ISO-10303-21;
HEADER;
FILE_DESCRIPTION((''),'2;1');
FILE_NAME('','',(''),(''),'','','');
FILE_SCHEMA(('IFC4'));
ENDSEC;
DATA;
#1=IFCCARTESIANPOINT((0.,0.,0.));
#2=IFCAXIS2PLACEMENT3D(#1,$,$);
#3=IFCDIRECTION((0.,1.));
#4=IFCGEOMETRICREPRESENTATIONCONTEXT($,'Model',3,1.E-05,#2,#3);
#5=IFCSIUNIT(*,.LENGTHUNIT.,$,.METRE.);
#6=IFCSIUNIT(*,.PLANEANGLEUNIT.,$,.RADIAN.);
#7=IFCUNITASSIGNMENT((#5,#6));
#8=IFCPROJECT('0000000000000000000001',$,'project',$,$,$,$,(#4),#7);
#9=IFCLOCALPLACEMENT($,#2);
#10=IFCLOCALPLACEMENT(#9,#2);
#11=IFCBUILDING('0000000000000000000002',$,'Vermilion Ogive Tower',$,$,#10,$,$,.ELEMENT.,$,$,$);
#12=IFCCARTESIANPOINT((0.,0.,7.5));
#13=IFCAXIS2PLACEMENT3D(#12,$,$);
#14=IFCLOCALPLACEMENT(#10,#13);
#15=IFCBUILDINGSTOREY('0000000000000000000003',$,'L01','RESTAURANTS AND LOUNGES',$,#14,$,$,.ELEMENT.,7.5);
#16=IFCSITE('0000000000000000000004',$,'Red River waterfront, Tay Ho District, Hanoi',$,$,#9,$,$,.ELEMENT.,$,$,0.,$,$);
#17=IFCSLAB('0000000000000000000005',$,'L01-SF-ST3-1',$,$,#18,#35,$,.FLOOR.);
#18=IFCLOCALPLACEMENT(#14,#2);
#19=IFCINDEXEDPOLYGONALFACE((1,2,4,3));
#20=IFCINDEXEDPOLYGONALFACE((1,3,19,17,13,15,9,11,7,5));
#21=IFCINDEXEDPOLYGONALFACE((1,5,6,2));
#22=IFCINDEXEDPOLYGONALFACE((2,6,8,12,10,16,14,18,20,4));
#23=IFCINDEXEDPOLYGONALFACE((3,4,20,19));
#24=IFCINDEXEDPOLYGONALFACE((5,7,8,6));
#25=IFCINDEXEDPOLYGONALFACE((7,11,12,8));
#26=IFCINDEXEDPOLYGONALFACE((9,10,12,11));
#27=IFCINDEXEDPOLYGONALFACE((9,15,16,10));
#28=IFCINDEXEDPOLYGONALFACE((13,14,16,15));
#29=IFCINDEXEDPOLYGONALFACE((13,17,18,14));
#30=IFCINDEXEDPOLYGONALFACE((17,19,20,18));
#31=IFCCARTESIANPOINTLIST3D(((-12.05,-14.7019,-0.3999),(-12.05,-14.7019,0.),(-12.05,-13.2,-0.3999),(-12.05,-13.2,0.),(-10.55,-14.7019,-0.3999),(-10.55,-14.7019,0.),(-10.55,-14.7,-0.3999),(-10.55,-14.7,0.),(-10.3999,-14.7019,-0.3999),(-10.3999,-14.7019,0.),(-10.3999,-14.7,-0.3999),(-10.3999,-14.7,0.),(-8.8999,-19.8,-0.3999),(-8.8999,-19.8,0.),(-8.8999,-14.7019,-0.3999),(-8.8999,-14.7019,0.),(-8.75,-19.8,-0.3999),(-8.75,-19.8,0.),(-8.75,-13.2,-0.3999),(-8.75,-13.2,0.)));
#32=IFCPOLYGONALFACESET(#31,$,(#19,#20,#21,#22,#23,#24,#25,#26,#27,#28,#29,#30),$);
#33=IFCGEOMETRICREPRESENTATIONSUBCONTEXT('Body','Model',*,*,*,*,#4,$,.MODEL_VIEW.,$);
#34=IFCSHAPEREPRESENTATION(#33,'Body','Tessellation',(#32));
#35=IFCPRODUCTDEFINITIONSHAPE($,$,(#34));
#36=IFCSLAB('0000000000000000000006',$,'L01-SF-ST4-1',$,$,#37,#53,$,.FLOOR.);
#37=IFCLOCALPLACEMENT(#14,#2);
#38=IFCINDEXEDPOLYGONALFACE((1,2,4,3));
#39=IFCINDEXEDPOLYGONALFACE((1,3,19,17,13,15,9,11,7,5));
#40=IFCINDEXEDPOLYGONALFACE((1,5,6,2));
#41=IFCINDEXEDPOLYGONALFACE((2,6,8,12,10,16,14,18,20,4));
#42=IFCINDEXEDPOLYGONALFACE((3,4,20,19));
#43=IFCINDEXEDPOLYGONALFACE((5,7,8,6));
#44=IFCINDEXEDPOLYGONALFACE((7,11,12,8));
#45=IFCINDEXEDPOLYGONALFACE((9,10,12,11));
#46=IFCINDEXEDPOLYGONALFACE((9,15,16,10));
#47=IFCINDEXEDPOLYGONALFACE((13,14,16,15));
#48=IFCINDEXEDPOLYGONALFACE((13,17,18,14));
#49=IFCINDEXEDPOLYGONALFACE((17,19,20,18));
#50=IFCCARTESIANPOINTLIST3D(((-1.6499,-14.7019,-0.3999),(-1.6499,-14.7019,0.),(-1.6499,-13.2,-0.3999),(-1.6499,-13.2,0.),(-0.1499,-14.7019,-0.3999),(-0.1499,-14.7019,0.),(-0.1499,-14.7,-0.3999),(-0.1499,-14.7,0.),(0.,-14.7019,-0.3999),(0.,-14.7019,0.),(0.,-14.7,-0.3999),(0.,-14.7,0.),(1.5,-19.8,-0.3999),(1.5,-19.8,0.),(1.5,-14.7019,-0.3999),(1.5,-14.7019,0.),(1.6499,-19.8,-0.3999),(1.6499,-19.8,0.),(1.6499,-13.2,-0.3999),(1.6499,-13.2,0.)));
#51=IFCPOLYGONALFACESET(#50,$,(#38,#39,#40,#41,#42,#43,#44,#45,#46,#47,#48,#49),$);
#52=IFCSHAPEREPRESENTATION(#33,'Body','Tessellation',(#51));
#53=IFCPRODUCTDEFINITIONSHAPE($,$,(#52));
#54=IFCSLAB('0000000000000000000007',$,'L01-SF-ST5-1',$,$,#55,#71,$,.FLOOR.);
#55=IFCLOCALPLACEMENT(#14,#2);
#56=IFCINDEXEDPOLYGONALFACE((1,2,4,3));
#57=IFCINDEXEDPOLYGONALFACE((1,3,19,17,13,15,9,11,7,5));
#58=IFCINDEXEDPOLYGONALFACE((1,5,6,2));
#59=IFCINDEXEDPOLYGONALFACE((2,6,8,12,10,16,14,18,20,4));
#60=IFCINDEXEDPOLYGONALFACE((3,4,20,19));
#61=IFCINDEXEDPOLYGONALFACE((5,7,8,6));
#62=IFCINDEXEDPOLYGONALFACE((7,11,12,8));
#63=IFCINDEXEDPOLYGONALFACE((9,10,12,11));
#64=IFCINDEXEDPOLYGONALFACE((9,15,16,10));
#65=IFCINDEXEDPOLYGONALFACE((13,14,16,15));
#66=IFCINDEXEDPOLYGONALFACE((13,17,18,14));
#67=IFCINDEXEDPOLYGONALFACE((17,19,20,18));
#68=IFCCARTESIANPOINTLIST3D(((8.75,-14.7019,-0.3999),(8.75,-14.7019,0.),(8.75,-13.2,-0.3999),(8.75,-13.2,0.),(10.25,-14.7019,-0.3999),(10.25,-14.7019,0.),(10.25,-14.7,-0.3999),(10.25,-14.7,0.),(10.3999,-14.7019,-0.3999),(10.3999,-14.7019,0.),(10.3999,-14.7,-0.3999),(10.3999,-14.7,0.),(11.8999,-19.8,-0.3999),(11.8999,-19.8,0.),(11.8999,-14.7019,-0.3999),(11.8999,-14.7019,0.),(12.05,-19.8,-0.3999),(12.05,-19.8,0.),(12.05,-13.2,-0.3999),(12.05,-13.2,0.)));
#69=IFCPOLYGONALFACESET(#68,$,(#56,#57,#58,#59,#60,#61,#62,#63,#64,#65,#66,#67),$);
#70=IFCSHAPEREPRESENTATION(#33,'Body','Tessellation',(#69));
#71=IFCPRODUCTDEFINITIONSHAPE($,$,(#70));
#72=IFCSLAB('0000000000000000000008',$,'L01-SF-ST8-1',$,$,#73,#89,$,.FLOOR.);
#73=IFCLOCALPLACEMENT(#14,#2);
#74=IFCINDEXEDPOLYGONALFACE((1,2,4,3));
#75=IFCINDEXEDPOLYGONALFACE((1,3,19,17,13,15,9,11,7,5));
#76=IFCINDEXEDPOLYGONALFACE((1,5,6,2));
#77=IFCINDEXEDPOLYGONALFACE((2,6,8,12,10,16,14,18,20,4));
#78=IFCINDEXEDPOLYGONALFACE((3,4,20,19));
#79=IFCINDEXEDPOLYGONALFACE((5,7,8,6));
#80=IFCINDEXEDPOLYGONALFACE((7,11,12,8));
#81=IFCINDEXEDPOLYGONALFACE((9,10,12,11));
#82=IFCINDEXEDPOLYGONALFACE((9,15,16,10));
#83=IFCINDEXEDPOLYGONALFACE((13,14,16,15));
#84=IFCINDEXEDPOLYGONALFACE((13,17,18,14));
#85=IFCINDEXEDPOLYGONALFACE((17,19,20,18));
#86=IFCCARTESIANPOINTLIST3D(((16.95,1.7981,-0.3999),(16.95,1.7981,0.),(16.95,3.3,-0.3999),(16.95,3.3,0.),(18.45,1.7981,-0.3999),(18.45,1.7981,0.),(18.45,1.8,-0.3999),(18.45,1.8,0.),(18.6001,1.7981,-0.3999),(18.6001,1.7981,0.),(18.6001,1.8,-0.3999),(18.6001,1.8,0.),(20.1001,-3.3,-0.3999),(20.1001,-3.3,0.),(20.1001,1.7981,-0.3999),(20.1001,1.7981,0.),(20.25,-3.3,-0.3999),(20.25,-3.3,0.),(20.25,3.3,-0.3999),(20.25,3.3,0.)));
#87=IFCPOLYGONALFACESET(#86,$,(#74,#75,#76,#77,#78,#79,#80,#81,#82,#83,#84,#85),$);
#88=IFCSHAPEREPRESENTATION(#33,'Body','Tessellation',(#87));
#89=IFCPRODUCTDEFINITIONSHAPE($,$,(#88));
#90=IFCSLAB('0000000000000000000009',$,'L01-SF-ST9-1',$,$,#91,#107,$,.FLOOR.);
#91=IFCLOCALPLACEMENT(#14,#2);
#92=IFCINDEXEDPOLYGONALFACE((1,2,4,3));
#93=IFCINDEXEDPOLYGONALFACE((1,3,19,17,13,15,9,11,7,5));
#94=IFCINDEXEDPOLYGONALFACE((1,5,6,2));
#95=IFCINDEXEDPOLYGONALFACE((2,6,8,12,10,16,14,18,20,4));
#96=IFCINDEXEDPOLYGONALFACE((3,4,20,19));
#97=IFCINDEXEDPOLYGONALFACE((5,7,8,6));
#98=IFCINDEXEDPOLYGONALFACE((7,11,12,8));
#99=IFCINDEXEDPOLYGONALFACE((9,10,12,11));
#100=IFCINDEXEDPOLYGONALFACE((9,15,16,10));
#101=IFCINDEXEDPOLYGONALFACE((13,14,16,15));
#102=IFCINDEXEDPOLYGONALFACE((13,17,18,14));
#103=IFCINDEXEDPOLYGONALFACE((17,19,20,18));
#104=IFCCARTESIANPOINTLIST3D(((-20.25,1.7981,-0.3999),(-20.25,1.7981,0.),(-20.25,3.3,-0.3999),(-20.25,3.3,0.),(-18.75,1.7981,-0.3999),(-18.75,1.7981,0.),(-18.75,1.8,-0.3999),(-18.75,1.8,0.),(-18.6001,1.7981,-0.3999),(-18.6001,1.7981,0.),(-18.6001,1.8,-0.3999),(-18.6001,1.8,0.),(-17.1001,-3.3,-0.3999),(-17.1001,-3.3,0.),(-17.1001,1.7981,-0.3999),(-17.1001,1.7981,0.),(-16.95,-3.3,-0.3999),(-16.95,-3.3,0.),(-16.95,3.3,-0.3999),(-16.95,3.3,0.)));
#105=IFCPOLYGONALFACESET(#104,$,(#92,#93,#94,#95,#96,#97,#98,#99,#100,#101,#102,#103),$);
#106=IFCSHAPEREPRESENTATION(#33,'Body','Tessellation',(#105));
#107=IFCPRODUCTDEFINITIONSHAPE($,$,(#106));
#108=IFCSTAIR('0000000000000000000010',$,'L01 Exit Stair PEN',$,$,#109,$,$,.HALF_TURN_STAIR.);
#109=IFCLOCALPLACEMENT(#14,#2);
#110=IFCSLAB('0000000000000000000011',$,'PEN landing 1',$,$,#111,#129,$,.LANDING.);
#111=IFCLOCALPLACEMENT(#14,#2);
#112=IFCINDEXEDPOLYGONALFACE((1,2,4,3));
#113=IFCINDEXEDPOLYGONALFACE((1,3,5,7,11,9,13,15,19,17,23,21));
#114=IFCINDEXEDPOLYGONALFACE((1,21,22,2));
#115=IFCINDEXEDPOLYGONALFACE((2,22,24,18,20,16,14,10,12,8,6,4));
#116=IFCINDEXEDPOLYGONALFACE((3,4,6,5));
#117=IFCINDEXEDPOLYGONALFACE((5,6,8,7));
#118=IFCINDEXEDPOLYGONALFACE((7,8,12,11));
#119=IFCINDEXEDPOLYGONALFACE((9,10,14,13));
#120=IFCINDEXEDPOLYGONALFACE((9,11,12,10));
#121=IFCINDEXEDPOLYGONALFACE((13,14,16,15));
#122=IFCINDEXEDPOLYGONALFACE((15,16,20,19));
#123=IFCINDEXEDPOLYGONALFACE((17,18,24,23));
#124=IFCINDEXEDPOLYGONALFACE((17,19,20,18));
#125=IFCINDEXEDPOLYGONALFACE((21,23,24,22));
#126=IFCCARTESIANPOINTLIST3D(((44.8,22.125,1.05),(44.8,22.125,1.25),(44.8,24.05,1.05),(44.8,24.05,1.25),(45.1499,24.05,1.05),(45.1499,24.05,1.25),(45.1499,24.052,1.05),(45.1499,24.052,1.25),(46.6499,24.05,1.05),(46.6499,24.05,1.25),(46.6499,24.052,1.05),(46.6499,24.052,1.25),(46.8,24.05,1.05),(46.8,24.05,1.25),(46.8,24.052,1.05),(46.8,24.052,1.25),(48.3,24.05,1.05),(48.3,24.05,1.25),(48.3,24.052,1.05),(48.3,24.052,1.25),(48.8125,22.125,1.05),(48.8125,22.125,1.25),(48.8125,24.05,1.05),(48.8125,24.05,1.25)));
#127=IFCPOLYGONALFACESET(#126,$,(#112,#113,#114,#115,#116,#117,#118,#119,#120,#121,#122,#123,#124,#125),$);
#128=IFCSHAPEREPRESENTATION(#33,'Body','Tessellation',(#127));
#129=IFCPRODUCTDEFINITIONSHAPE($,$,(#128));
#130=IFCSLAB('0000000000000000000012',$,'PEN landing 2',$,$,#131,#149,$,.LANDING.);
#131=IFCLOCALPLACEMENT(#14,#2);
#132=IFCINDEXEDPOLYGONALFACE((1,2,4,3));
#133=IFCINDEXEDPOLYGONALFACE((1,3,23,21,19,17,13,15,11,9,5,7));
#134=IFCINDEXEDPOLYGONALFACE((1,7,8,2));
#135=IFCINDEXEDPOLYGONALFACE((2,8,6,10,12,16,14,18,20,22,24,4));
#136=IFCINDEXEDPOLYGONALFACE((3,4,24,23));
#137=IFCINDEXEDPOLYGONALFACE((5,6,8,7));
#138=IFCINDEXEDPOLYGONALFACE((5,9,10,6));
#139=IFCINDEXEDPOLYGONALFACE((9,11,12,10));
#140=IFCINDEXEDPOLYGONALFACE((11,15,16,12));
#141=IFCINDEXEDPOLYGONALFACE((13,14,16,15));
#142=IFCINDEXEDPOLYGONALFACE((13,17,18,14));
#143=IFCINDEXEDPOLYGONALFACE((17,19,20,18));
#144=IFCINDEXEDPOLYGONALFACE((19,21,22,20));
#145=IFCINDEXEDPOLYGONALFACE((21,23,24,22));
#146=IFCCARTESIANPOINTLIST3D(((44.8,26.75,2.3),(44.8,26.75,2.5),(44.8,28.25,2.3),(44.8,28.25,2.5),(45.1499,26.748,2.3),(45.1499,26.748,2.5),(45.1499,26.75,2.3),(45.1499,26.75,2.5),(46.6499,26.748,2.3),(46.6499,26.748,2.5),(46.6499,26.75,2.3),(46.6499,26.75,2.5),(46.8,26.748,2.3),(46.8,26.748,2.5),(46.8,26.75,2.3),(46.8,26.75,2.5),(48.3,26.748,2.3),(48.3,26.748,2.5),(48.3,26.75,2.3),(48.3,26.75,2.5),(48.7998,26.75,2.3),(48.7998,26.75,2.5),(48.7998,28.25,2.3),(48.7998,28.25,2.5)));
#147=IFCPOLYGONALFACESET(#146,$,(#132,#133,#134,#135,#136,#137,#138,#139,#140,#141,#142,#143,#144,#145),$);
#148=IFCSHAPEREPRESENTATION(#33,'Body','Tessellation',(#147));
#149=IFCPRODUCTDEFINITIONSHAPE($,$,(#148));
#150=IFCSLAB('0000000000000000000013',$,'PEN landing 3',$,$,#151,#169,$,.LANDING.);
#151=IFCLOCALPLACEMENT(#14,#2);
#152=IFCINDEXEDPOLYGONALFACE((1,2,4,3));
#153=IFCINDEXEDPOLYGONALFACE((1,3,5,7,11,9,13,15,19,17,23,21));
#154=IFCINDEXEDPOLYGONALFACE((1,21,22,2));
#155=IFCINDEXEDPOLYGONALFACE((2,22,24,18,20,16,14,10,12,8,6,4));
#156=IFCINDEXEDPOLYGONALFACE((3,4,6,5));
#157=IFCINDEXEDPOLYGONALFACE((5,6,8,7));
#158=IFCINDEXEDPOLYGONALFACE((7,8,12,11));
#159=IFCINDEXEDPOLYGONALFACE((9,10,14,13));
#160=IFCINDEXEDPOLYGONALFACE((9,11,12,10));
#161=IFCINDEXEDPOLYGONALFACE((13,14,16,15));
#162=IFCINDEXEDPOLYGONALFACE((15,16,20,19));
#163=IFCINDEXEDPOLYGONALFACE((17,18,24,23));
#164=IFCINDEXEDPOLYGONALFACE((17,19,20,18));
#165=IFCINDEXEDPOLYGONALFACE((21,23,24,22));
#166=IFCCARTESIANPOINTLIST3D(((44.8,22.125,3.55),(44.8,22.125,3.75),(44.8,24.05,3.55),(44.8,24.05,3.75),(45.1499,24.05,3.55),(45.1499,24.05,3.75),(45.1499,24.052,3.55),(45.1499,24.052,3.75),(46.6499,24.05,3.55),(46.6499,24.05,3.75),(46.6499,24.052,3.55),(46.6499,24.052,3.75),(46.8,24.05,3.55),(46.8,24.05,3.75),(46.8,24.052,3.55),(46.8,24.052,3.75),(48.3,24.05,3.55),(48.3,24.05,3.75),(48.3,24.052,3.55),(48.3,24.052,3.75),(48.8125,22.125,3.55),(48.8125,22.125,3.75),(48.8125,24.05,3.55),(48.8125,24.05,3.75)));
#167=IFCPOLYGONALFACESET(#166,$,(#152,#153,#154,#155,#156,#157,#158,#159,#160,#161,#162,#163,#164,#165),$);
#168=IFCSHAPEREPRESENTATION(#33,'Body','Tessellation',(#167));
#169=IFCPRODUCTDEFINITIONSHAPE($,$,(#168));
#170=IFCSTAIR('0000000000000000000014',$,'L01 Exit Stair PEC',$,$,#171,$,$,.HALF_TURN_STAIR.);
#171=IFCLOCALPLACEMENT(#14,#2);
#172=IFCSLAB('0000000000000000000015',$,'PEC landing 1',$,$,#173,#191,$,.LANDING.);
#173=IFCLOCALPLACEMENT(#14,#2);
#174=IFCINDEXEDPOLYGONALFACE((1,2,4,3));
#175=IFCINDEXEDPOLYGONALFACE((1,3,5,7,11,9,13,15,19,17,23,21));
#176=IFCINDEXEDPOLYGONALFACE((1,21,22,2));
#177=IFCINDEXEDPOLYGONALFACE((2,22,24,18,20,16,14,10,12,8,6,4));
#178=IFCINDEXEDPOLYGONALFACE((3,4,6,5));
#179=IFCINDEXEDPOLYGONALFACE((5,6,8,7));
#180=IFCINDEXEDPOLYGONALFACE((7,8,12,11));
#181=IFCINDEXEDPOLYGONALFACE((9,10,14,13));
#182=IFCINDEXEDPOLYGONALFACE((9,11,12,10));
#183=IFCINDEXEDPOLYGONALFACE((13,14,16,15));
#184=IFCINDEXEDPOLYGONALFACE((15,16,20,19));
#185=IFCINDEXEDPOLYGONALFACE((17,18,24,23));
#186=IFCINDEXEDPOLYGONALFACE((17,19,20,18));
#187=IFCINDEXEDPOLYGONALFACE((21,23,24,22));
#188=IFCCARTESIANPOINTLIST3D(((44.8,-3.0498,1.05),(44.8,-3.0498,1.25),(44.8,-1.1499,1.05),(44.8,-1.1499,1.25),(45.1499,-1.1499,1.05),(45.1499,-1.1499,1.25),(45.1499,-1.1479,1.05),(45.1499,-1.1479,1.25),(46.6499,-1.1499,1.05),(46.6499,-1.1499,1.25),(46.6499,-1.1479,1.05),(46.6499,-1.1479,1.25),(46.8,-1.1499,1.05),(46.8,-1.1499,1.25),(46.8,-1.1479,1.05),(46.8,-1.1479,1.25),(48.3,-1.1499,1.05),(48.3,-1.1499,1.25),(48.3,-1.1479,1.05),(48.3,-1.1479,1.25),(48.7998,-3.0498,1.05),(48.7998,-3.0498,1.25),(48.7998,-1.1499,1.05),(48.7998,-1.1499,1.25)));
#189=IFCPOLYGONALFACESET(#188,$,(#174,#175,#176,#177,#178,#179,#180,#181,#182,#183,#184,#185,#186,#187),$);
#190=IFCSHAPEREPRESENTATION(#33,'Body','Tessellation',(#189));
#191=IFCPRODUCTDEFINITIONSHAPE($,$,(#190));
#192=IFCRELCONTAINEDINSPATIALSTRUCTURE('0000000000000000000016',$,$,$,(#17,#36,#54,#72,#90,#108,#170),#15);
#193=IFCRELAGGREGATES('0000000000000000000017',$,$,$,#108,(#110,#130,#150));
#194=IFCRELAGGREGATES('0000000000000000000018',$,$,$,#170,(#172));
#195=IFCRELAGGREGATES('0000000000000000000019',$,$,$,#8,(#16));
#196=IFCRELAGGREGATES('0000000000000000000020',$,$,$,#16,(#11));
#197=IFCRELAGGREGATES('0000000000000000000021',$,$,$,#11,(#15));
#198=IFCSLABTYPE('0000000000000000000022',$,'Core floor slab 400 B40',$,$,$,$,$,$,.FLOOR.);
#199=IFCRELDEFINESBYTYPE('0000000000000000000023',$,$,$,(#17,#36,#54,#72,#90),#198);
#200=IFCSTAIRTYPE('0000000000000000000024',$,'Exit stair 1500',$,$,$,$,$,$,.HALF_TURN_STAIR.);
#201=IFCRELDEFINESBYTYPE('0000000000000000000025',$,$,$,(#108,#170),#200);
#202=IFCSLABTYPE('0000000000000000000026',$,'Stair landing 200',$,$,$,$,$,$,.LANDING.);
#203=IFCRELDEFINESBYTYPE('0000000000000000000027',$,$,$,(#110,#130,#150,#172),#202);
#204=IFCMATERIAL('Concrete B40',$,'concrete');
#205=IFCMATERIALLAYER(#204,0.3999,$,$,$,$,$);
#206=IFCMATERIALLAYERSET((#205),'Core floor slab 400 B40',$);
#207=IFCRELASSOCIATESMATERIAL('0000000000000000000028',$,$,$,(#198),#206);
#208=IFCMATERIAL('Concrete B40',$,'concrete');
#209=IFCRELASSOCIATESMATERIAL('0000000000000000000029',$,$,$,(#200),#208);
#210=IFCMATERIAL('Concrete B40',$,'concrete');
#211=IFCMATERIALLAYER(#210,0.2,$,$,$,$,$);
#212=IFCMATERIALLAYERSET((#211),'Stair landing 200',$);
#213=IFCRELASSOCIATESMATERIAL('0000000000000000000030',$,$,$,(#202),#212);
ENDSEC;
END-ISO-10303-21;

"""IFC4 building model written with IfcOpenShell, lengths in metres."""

from ifc_helpers import new_model, si_unit, direction, frame, origin, place, context, subcontext, project, spatial, polyline, outline, extrude, material, layer, layer_set, type_object, element, aggregate, save


model = new_model("IFC4")

# Units and contexts
model_context = context("Model", 3, precision=1e-05, world=origin(), true_north=direction((0.0, 1.0)))
body_context = subcontext(model_context, "Body", "Model", "MODEL_VIEW")
ifc_project = project(units=[si_unit("LENGTHUNIT", "METRE"), si_unit("PLANEANGLEUNIT", "RADIAN")], contexts=[model_context])

# Site, building, storey
site_placement = place(None, origin())
site = spatial("IfcSite", under=ifc_project, at=site_placement, Name="Red River waterfront, Tay Ho District, Hanoi", CompositionType="ELEMENT", RefElevation=0.0)
building_placement = place(site_placement, origin())
building = spatial("IfcBuilding", under=site, at=building_placement, Name="Vermilion Ogive Tower", CompositionType="ELEMENT")
storey_placement = place(building_placement, frame((0.0, 0.0, 7.5)))
storey = spatial("IfcBuildingStorey", under=building, at=storey_placement, Name="L01", Description="RESTAURANTS AND LOUNGES", CompositionType="ELEMENT", Elevation=7.5)

# Slabs
ifc_material_1 = material(Name="Concrete B40", Category="concrete")
ifc_layer_1 = layer(ifc_material_1, 0.3999)
ifc_layer_set_1 = layer_set([ifc_layer_1], Name="Core floor slab 400 B40")
slab_type_1 = type_object("IfcSlabType", Name="Core floor slab 400 B40", PredefinedType="FLOOR", material=ifc_layer_set_1)
slab_1_placement = place(storey_placement, frame((0.0, 0.0, -0.3999)))
element("IfcSlab", 1, at=slab_1_placement, inside=storey, type_object=slab_type_1, Name="L01-SF-ST3-1", PredefinedType="FLOOR", context=body_context, shape_type="SweptSolid", body=[
    extrude(outline(polyline([(-12.05, -13.2), (-12.05, -14.7019), (-10.55, -14.7019), (-10.55, -14.7), (-10.3999, -14.7), (-10.3999, -14.7019), (-8.8999, -14.7019), (-8.8999, -19.8), (-8.75, -19.8), (-8.75, -13.2), (-12.05, -13.2)])), origin(), (0.0, 0.0, 1.0), 0.3999),
])
slab_2_placement = place(storey_placement, frame((0.0, 0.0, -0.3999)))
element("IfcSlab", 2, at=slab_2_placement, inside=storey, type_object=slab_type_1, Name="L01-SF-ST4-1", PredefinedType="FLOOR", context=body_context, shape_type="SweptSolid", body=[
    extrude(outline(polyline([(-1.6499, -13.2), (-1.6499, -14.7019), (-0.1499, -14.7019), (-0.1499, -14.7), (0.0, -14.7), (0.0, -14.7019), (1.5, -14.7019), (1.5, -19.8), (1.6499, -19.8), (1.6499, -13.2), (-1.6499, -13.2)])), origin(), (0.0, 0.0, 1.0), 0.3999),
])
slab_3_placement = place(storey_placement, frame((0.0, 0.0, -0.3999)))
element("IfcSlab", 3, at=slab_3_placement, inside=storey, type_object=slab_type_1, Name="L01-SF-ST5-1", PredefinedType="FLOOR", context=body_context, shape_type="SweptSolid", body=[
    extrude(outline(polyline([(8.75, -13.2), (8.75, -14.7019), (10.25, -14.7019), (10.25, -14.7), (10.3999, -14.7), (10.3999, -14.7019), (11.8999, -14.7019), (11.8999, -19.8), (12.05, -19.8), (12.05, -13.2), (8.75, -13.2)])), origin(), (0.0, 0.0, 1.0), 0.3999),
])
slab_4_placement = place(storey_placement, frame((0.0, 0.0, -0.3999)))
element("IfcSlab", 4, at=slab_4_placement, inside=storey, type_object=slab_type_1, Name="L01-SF-ST8-1", PredefinedType="FLOOR", context=body_context, shape_type="SweptSolid", body=[
    extrude(outline(polyline([(16.95, 3.3), (16.95, 1.7981), (18.45, 1.7981), (18.45, 1.8), (18.6001, 1.8), (18.6001, 1.7981), (20.1001, 1.7981), (20.1001, -3.3), (20.25, -3.3), (20.25, 3.3), (16.95, 3.3)])), origin(), (0.0, 0.0, 1.0), 0.3999),
])
slab_5_placement = place(storey_placement, frame((0.0, 0.0, -0.3999)))
element("IfcSlab", 5, at=slab_5_placement, inside=storey, type_object=slab_type_1, Name="L01-SF-ST9-1", PredefinedType="FLOOR", context=body_context, shape_type="SweptSolid", body=[
    extrude(outline(polyline([(-20.25, 3.3), (-20.25, 1.7981), (-18.75, 1.7981), (-18.75, 1.8), (-18.6001, 1.8), (-18.6001, 1.7981), (-17.1001, 1.7981), (-17.1001, -3.3), (-16.95, -3.3), (-16.95, 3.3), (-20.25, 3.3)])), origin(), (0.0, 0.0, 1.0), 0.3999),
])

# Stairs, slabs
ifc_material_2 = material(Name="Concrete B40", Category="concrete")
stair_type = type_object("IfcStairType", Name="Exit stair 1500", PredefinedType="HALF_TURN_STAIR", material=ifc_material_2)
stair_1_placement = place(storey_placement, origin())
stair_1 = element("IfcStair", 6, at=stair_1_placement, inside=storey, type_object=stair_type, Name="L01 Exit Stair PEN", PredefinedType="HALF_TURN_STAIR")
ifc_material_3 = material(Name="Concrete B40", Category="concrete")
ifc_layer_2 = layer(ifc_material_3, 0.2)
ifc_layer_set_2 = layer_set([ifc_layer_2], Name="Stair landing 200")
slab_type_2 = type_object("IfcSlabType", Name="Stair landing 200", PredefinedType="LANDING", material=ifc_layer_set_2)
slab_6_placement = place(storey_placement, frame((0.0, 0.0, 1.05)))
slab_6 = element("IfcSlab", 7, at=slab_6_placement, type_object=slab_type_2, Name="PEN landing 1", PredefinedType="LANDING", context=body_context, shape_type="SweptSolid", body=[
    extrude(outline(polyline([(48.8125, 24.05), (48.3, 24.05), (48.3, 24.052), (46.8, 24.052), (46.8, 24.05), (46.6499, 24.05), (46.6499, 24.052), (45.1499, 24.052), (45.1499, 24.05), (44.8, 24.05), (44.8, 22.125), (48.8125, 22.125), (48.8125, 24.05)])), origin(), (0.0, 0.0, 1.0), 0.2),
])
slab_7_placement = place(storey_placement, frame((0.0, 0.0, 2.3)))
slab_7 = element("IfcSlab", 8, at=slab_7_placement, type_object=slab_type_2, Name="PEN landing 2", PredefinedType="LANDING", context=body_context, shape_type="SweptSolid", body=[
    extrude(outline(polyline([(44.8, 26.75), (45.1499, 26.75), (45.1499, 26.748), (46.6499, 26.748), (46.6499, 26.75), (46.8, 26.75), (46.8, 26.748), (48.3, 26.748), (48.3, 26.75), (48.7998, 26.75), (48.7998, 28.25), (44.8, 28.25), (44.8, 26.75)])), origin(), (0.0, 0.0, 1.0), 0.2),
])
slab_8_placement = place(storey_placement, frame((0.0, 0.0, 3.55)))
slab_8 = element("IfcSlab", 9, at=slab_8_placement, type_object=slab_type_2, Name="PEN landing 3", PredefinedType="LANDING", context=body_context, shape_type="SweptSolid", body=[
    extrude(outline(polyline([(48.8125, 24.05), (48.3, 24.05), (48.3, 24.052), (46.8, 24.052), (46.8, 24.05), (46.6499, 24.05), (46.6499, 24.052), (45.1499, 24.052), (45.1499, 24.05), (44.8, 24.05), (44.8, 22.125), (48.8125, 22.125), (48.8125, 24.05)])), origin(), (0.0, 0.0, 1.0), 0.2),
])
aggregate(stair_1, [slab_6, slab_7, slab_8])
stair_2_placement = place(storey_placement, origin())
stair_2 = element("IfcStair", 10, at=stair_2_placement, inside=storey, type_object=stair_type, Name="L01 Exit Stair PEC", PredefinedType="HALF_TURN_STAIR")
slab_9_placement = place(storey_placement, frame((0.0, 0.0, 1.05)))
slab_9 = element("IfcSlab", 11, at=slab_9_placement, type_object=slab_type_2, Name="PEC landing 1", PredefinedType="LANDING", context=body_context, shape_type="SweptSolid", body=[
    extrude(outline(polyline([(48.7998, -1.1499), (48.3, -1.1499), (48.3, -1.1479), (46.8, -1.1479), (46.8, -1.1499), (46.6499, -1.1499), (46.6499, -1.1479), (45.1499, -1.1479), (45.1499, -1.1499), (44.8, -1.1499), (44.8, -3.0498), (48.7998, -3.0498), (48.7998, -1.1499)])), origin(), (0.0, 0.0, 1.0), 0.2),
])
aggregate(stair_2, [slab_9])

save(model, "model.ifc")
